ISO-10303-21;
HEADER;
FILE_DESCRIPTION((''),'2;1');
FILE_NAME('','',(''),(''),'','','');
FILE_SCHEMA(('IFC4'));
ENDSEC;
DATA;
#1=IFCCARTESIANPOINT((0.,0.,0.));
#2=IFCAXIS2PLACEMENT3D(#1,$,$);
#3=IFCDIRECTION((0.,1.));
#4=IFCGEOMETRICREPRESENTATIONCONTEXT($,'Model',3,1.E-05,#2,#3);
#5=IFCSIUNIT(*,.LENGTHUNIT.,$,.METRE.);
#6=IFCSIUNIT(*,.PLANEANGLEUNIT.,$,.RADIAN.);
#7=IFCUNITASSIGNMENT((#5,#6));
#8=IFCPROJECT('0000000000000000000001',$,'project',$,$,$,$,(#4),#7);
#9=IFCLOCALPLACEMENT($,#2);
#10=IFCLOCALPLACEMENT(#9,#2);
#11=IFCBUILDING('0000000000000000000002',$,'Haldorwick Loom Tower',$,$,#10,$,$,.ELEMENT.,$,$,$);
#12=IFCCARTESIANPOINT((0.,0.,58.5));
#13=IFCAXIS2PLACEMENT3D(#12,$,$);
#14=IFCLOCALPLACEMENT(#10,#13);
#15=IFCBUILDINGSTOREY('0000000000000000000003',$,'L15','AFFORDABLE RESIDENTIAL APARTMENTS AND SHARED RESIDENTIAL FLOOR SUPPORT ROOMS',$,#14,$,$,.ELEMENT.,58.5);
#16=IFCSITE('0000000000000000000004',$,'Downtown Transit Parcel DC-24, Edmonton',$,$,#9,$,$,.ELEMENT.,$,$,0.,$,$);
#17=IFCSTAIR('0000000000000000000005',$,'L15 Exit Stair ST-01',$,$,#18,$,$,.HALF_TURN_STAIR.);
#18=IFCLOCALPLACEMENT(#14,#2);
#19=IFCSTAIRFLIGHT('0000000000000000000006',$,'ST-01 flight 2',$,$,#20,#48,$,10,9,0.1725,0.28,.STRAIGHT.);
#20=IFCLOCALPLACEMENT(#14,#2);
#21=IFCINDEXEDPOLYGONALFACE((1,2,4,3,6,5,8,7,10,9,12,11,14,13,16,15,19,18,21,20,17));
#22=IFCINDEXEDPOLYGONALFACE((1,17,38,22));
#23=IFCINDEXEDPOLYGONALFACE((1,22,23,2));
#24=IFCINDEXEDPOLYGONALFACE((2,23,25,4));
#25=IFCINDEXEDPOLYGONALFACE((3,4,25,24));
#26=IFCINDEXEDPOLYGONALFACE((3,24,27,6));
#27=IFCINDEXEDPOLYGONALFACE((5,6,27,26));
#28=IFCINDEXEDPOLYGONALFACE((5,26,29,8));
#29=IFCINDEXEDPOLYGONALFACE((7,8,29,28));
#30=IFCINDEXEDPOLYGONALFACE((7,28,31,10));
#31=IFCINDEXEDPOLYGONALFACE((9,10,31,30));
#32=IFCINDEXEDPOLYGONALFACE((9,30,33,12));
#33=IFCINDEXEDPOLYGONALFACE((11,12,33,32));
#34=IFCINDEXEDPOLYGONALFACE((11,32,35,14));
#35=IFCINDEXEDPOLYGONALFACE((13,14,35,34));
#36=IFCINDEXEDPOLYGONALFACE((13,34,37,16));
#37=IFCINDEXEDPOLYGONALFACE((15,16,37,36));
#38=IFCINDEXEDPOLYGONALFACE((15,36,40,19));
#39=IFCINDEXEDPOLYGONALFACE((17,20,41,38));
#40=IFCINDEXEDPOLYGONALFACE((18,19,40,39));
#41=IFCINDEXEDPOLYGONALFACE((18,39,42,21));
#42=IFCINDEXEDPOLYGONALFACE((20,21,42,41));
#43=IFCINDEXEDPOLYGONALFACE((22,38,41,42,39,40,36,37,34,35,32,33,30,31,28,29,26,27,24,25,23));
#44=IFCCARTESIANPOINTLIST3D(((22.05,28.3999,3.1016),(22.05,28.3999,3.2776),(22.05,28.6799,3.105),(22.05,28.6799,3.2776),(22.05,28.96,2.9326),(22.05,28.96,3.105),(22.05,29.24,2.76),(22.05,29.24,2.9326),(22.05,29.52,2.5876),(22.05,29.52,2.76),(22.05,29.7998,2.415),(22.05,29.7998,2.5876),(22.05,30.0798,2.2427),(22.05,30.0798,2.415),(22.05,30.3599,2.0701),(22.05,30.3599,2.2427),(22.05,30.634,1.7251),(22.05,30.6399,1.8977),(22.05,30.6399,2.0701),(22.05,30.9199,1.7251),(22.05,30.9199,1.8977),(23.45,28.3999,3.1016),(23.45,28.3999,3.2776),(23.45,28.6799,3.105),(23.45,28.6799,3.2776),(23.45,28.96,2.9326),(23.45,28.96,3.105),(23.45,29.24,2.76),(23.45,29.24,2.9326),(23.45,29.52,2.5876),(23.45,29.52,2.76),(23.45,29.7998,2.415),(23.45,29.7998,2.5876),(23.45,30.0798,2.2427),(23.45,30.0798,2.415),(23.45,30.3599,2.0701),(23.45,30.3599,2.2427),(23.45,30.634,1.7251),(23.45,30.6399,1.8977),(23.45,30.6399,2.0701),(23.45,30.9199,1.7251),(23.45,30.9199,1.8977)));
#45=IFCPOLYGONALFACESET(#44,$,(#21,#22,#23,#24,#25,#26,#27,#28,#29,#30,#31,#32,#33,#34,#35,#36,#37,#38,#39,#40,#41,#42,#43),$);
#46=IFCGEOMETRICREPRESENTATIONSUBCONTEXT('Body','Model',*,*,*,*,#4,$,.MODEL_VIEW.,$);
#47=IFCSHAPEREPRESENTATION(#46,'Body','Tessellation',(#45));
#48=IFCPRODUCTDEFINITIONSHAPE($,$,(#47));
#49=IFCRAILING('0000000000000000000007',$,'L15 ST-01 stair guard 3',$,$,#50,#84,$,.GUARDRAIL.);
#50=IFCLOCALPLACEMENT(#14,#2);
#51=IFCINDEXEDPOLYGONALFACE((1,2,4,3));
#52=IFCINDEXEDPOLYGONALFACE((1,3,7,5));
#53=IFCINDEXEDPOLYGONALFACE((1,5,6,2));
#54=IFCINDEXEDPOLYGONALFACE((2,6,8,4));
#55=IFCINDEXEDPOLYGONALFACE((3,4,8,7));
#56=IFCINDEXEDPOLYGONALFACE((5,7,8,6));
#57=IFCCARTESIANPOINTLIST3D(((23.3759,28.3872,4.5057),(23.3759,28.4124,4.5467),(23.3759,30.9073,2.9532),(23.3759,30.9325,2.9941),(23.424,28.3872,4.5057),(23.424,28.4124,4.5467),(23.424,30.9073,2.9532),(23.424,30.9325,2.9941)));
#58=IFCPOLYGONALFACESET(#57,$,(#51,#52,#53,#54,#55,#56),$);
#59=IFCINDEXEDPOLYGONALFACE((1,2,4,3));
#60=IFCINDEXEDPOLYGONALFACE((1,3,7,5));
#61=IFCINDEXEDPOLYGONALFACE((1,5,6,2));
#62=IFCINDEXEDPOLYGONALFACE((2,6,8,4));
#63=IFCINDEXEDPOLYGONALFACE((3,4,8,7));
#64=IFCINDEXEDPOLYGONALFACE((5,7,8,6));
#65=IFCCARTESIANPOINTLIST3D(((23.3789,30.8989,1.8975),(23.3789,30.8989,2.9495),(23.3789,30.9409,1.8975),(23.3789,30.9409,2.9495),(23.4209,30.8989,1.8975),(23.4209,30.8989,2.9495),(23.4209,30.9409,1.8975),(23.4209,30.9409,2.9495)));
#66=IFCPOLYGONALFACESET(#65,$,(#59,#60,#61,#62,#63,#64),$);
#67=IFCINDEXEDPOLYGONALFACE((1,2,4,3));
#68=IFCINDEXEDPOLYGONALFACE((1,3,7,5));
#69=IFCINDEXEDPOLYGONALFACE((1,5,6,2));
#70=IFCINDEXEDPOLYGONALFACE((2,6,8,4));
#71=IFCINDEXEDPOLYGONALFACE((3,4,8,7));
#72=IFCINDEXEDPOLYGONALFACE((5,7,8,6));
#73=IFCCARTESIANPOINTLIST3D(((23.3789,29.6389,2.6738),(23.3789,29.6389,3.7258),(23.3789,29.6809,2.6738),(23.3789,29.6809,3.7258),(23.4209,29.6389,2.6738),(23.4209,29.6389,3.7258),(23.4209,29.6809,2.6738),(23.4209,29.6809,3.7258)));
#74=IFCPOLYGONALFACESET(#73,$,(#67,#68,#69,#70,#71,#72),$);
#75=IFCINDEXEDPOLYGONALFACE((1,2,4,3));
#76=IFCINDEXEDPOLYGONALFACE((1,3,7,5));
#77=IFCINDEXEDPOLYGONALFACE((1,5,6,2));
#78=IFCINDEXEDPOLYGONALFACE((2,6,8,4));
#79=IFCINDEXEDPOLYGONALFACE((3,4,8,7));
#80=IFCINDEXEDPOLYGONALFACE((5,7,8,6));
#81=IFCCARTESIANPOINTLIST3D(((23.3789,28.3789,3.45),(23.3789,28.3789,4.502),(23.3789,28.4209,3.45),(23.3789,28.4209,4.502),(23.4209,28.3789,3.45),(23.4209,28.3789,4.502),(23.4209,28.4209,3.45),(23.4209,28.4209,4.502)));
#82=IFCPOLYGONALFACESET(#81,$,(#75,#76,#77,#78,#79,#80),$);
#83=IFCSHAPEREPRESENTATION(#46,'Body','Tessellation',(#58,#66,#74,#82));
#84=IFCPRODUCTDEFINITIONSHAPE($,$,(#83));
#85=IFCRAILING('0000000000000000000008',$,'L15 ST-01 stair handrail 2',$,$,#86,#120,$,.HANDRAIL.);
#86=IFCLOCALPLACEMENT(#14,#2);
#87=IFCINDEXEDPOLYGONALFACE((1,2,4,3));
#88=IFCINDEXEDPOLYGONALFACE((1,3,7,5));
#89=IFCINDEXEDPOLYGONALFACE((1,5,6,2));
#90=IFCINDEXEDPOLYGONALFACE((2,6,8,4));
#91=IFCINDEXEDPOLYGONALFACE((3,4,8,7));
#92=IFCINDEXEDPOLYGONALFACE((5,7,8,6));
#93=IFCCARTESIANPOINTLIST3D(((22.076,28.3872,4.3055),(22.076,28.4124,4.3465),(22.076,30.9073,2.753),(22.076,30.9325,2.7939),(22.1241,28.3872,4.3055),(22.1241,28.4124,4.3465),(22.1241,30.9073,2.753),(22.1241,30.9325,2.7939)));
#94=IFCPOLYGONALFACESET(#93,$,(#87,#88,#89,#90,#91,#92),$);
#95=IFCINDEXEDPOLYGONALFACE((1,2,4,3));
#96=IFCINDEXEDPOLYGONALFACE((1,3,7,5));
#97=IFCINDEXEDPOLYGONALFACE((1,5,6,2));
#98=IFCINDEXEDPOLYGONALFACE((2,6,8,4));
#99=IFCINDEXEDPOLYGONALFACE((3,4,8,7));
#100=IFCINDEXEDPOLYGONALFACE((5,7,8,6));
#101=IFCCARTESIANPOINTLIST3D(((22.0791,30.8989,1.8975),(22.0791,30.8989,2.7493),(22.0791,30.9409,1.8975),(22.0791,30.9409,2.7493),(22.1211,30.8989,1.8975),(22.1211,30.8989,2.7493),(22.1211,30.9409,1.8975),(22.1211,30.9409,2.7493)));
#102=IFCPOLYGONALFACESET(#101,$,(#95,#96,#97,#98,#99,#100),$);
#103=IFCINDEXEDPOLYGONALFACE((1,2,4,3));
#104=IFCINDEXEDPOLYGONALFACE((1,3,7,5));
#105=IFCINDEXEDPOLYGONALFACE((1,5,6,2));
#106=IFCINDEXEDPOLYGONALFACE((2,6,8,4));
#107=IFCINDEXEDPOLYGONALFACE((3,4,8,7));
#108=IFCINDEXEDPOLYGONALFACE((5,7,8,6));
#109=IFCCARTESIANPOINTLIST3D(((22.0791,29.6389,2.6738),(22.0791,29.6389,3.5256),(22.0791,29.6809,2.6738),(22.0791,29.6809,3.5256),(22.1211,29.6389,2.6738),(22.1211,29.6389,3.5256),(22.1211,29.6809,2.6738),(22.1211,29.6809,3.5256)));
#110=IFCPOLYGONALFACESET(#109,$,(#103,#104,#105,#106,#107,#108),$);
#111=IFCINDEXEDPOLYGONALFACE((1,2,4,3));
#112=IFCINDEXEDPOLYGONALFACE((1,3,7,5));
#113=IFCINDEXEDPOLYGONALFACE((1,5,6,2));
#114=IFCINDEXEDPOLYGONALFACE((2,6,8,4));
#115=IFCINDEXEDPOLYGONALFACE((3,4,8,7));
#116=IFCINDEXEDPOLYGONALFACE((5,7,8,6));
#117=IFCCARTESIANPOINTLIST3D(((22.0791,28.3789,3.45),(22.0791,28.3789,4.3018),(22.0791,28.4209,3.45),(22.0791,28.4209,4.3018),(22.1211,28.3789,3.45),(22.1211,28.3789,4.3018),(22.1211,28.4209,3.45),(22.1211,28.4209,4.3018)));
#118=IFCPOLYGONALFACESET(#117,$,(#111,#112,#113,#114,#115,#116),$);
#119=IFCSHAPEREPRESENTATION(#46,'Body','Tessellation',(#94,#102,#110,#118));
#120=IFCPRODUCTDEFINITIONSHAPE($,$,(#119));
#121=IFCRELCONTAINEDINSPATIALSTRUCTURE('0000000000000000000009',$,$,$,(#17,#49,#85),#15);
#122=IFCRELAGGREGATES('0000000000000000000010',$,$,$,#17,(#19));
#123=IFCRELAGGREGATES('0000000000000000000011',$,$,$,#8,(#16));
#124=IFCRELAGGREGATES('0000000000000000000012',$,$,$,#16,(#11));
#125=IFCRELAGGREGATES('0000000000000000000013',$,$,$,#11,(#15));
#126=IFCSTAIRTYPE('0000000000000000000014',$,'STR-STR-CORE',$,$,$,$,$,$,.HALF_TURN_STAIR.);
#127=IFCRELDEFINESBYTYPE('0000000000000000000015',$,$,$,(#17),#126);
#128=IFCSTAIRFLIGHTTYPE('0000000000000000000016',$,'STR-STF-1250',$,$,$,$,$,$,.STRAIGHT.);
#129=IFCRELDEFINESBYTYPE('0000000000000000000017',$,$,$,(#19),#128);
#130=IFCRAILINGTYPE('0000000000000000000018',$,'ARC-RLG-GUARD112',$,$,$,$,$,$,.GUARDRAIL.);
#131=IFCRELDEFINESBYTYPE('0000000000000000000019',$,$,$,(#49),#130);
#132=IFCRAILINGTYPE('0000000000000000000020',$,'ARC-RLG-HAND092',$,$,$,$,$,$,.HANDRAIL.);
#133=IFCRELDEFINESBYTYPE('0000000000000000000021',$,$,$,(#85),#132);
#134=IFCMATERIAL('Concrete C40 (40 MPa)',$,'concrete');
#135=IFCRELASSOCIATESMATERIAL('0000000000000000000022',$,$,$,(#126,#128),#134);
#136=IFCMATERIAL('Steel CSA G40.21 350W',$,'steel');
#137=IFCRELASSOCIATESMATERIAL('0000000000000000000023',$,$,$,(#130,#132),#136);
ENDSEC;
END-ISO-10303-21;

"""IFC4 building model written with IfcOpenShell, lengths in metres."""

from ifc_helpers import new_model, si_unit, direction, frame, origin, origin_2d, place, context, subcontext, project, spatial, polyline, rectangle, outline, extrude, material, type_object, element, aggregate, save


model = new_model("IFC4")

# Units and contexts
model_context = context("Model", 3, precision=1e-05, world=origin(), true_north=direction((0.0, 1.0)))
body_context = subcontext(model_context, "Body", "Model", "MODEL_VIEW")
ifc_project = project(units=[si_unit("LENGTHUNIT", "METRE"), si_unit("PLANEANGLEUNIT", "RADIAN")], contexts=[model_context])

# Site, building, storey
site_placement = place(None, origin())
site = spatial("IfcSite", under=ifc_project, at=site_placement, Name="Downtown Transit Parcel DC-24, Edmonton", CompositionType="ELEMENT", RefElevation=0.0)
building_placement = place(site_placement, origin())
building = spatial("IfcBuilding", under=site, at=building_placement, Name="Haldorwick Loom Tower", CompositionType="ELEMENT")
storey_placement = place(building_placement, frame((0.0, 0.0, 58.5)))
storey = spatial("IfcBuildingStorey", under=building, at=storey_placement, Name="L15", Description="AFFORDABLE RESIDENTIAL APARTMENTS AND SHARED RESIDENTIAL FLOOR SUPPORT ROOMS", CompositionType="ELEMENT", Elevation=58.5)

# Shared definitions
ifc_material_1 = material(Name="Steel CSA G40.21 350W", Category="steel")

# Stair, stair flight
ifc_material_2 = material(Name="Concrete C40 (40 MPa)", Category="concrete")
stair_type = type_object("IfcStairType", Name="STR-STR-CORE", PredefinedType="HALF_TURN_STAIR", material=ifc_material_2)
stair_placement = place(storey_placement, origin())
stair = element("IfcStair", 1, at=stair_placement, inside=storey, type_object=stair_type, Name="L15 Exit Stair ST-01", PredefinedType="HALF_TURN_STAIR")
stair_flight_type = type_object("IfcStairFlightType", Name="STR-STF-1250", PredefinedType="STRAIGHT", material=ifc_material_2)
stair_flight_placement = place(storey_placement, frame((22.75, 30.9199, 1.7251), z_axis=(0.0, 0.0, 1.0), x_axis=(0.0, -1.0, 0.0)))
stair_flight = element("IfcStairFlight", 2, at=stair_flight_placement, type_object=stair_flight_type, Name="ST-01 flight 2", NumberOfRisers=10, NumberOfTreads=9, PredefinedType="STRAIGHT", RiserHeight=0.1725, TreadLength=0.28, context=body_context, shape_type="SweptSolid", body=[
    extrude(outline(polyline([(0.0, 0.0), (0.0, 0.1726), (0.28, 0.1726), (0.28, 0.345), (0.5601, 0.345), (0.5601, 0.5176), (0.8401, 0.5176), (0.8401, 0.6899), (1.1201, 0.6899), (1.1201, 0.8625), (1.3999, 0.8625), (1.3999, 1.0349), (1.6799, 1.0349), (1.6799, 1.2075), (1.96, 1.2075), (1.96, 1.3799), (2.24, 1.3799), (2.24, 1.5525), (2.52, 1.5525), (2.52, 1.7251), (2.52, 1.3765), (0.2859, 0.0), (0.0, 0.0)])), frame((0.0, 0.7, 0.0), z_axis=(0.0, -1.0, 0.0), x_axis=(1.0, 0.0, 0.0)), (0.0, 0.0, 1.0), 1.3999),
])
aggregate(stair, [stair_flight])

# Railings
railing_type_1 = type_object("IfcRailingType", Name="ARC-RLG-GUARD112", PredefinedType="GUARDRAIL", material=ifc_material_1)
railing_1_placement = place(storey_placement, frame((23.3999, 30.9199, 1.8975)))
element("IfcRailing", 3, at=railing_1_placement, inside=storey, type_object=railing_type_1, Name="L15 ST-01 stair guard 3", PredefinedType="GUARDRAIL", context=body_context, shape_type="SweptSolid", body=[
    extrude(rectangle(XDim=0.0481, YDim=0.0481, at=origin_2d()), frame((0.0, 0.0, 1.0762), z_axis=(0.0, -0.8514, 0.524516), x_axis=(1.0, 0.0, 0.0)), (0.0, 0.0, 1.0), 2.96),
    extrude(rectangle(XDim=0.042, YDim=0.042, at=origin_2d()), origin(), (0.0, 0.0, 1.0), 1.052),
    extrude(rectangle(XDim=0.042, YDim=0.042, at=origin_2d()), frame((0.0, -1.26, 0.7764)), (0.0, 0.0, 1.0), 1.052),
    extrude(rectangle(XDim=0.042, YDim=0.042, at=origin_2d()), frame((0.0, -2.52, 1.5525)), (0.0, 0.0, 1.0), 1.052),
])
railing_type_2 = type_object("IfcRailingType", Name="ARC-RLG-HAND092", PredefinedType="HANDRAIL", material=ifc_material_1)
railing_2_placement = place(storey_placement, frame((22.1001, 30.9199, 1.8975)))
element("IfcRailing", 4, at=railing_2_placement, inside=storey, type_object=railing_type_2, Name="L15 ST-01 stair handrail 2", PredefinedType="HANDRAIL", context=body_context, shape_type="SweptSolid", body=[
    extrude(rectangle(XDim=0.0481, YDim=0.0481, at=origin_2d()), frame((0.0, 0.0, 0.876), z_axis=(0.0, -0.8514, 0.524516), x_axis=(1.0, 0.0, 0.0)), (0.0, 0.0, 1.0), 2.96),
    extrude(rectangle(XDim=0.042, YDim=0.042, at=origin_2d()), origin(), (0.0, 0.0, 1.0), 0.8518),
    extrude(rectangle(XDim=0.042, YDim=0.042, at=origin_2d()), frame((0.0, -1.26, 0.7764)), (0.0, 0.0, 1.0), 0.8518),
    extrude(rectangle(XDim=0.042, YDim=0.042, at=origin_2d()), frame((0.0, -2.52, 1.5525)), (0.0, 0.0, 1.0), 0.8518),
])

save(model, "model.ifc")
